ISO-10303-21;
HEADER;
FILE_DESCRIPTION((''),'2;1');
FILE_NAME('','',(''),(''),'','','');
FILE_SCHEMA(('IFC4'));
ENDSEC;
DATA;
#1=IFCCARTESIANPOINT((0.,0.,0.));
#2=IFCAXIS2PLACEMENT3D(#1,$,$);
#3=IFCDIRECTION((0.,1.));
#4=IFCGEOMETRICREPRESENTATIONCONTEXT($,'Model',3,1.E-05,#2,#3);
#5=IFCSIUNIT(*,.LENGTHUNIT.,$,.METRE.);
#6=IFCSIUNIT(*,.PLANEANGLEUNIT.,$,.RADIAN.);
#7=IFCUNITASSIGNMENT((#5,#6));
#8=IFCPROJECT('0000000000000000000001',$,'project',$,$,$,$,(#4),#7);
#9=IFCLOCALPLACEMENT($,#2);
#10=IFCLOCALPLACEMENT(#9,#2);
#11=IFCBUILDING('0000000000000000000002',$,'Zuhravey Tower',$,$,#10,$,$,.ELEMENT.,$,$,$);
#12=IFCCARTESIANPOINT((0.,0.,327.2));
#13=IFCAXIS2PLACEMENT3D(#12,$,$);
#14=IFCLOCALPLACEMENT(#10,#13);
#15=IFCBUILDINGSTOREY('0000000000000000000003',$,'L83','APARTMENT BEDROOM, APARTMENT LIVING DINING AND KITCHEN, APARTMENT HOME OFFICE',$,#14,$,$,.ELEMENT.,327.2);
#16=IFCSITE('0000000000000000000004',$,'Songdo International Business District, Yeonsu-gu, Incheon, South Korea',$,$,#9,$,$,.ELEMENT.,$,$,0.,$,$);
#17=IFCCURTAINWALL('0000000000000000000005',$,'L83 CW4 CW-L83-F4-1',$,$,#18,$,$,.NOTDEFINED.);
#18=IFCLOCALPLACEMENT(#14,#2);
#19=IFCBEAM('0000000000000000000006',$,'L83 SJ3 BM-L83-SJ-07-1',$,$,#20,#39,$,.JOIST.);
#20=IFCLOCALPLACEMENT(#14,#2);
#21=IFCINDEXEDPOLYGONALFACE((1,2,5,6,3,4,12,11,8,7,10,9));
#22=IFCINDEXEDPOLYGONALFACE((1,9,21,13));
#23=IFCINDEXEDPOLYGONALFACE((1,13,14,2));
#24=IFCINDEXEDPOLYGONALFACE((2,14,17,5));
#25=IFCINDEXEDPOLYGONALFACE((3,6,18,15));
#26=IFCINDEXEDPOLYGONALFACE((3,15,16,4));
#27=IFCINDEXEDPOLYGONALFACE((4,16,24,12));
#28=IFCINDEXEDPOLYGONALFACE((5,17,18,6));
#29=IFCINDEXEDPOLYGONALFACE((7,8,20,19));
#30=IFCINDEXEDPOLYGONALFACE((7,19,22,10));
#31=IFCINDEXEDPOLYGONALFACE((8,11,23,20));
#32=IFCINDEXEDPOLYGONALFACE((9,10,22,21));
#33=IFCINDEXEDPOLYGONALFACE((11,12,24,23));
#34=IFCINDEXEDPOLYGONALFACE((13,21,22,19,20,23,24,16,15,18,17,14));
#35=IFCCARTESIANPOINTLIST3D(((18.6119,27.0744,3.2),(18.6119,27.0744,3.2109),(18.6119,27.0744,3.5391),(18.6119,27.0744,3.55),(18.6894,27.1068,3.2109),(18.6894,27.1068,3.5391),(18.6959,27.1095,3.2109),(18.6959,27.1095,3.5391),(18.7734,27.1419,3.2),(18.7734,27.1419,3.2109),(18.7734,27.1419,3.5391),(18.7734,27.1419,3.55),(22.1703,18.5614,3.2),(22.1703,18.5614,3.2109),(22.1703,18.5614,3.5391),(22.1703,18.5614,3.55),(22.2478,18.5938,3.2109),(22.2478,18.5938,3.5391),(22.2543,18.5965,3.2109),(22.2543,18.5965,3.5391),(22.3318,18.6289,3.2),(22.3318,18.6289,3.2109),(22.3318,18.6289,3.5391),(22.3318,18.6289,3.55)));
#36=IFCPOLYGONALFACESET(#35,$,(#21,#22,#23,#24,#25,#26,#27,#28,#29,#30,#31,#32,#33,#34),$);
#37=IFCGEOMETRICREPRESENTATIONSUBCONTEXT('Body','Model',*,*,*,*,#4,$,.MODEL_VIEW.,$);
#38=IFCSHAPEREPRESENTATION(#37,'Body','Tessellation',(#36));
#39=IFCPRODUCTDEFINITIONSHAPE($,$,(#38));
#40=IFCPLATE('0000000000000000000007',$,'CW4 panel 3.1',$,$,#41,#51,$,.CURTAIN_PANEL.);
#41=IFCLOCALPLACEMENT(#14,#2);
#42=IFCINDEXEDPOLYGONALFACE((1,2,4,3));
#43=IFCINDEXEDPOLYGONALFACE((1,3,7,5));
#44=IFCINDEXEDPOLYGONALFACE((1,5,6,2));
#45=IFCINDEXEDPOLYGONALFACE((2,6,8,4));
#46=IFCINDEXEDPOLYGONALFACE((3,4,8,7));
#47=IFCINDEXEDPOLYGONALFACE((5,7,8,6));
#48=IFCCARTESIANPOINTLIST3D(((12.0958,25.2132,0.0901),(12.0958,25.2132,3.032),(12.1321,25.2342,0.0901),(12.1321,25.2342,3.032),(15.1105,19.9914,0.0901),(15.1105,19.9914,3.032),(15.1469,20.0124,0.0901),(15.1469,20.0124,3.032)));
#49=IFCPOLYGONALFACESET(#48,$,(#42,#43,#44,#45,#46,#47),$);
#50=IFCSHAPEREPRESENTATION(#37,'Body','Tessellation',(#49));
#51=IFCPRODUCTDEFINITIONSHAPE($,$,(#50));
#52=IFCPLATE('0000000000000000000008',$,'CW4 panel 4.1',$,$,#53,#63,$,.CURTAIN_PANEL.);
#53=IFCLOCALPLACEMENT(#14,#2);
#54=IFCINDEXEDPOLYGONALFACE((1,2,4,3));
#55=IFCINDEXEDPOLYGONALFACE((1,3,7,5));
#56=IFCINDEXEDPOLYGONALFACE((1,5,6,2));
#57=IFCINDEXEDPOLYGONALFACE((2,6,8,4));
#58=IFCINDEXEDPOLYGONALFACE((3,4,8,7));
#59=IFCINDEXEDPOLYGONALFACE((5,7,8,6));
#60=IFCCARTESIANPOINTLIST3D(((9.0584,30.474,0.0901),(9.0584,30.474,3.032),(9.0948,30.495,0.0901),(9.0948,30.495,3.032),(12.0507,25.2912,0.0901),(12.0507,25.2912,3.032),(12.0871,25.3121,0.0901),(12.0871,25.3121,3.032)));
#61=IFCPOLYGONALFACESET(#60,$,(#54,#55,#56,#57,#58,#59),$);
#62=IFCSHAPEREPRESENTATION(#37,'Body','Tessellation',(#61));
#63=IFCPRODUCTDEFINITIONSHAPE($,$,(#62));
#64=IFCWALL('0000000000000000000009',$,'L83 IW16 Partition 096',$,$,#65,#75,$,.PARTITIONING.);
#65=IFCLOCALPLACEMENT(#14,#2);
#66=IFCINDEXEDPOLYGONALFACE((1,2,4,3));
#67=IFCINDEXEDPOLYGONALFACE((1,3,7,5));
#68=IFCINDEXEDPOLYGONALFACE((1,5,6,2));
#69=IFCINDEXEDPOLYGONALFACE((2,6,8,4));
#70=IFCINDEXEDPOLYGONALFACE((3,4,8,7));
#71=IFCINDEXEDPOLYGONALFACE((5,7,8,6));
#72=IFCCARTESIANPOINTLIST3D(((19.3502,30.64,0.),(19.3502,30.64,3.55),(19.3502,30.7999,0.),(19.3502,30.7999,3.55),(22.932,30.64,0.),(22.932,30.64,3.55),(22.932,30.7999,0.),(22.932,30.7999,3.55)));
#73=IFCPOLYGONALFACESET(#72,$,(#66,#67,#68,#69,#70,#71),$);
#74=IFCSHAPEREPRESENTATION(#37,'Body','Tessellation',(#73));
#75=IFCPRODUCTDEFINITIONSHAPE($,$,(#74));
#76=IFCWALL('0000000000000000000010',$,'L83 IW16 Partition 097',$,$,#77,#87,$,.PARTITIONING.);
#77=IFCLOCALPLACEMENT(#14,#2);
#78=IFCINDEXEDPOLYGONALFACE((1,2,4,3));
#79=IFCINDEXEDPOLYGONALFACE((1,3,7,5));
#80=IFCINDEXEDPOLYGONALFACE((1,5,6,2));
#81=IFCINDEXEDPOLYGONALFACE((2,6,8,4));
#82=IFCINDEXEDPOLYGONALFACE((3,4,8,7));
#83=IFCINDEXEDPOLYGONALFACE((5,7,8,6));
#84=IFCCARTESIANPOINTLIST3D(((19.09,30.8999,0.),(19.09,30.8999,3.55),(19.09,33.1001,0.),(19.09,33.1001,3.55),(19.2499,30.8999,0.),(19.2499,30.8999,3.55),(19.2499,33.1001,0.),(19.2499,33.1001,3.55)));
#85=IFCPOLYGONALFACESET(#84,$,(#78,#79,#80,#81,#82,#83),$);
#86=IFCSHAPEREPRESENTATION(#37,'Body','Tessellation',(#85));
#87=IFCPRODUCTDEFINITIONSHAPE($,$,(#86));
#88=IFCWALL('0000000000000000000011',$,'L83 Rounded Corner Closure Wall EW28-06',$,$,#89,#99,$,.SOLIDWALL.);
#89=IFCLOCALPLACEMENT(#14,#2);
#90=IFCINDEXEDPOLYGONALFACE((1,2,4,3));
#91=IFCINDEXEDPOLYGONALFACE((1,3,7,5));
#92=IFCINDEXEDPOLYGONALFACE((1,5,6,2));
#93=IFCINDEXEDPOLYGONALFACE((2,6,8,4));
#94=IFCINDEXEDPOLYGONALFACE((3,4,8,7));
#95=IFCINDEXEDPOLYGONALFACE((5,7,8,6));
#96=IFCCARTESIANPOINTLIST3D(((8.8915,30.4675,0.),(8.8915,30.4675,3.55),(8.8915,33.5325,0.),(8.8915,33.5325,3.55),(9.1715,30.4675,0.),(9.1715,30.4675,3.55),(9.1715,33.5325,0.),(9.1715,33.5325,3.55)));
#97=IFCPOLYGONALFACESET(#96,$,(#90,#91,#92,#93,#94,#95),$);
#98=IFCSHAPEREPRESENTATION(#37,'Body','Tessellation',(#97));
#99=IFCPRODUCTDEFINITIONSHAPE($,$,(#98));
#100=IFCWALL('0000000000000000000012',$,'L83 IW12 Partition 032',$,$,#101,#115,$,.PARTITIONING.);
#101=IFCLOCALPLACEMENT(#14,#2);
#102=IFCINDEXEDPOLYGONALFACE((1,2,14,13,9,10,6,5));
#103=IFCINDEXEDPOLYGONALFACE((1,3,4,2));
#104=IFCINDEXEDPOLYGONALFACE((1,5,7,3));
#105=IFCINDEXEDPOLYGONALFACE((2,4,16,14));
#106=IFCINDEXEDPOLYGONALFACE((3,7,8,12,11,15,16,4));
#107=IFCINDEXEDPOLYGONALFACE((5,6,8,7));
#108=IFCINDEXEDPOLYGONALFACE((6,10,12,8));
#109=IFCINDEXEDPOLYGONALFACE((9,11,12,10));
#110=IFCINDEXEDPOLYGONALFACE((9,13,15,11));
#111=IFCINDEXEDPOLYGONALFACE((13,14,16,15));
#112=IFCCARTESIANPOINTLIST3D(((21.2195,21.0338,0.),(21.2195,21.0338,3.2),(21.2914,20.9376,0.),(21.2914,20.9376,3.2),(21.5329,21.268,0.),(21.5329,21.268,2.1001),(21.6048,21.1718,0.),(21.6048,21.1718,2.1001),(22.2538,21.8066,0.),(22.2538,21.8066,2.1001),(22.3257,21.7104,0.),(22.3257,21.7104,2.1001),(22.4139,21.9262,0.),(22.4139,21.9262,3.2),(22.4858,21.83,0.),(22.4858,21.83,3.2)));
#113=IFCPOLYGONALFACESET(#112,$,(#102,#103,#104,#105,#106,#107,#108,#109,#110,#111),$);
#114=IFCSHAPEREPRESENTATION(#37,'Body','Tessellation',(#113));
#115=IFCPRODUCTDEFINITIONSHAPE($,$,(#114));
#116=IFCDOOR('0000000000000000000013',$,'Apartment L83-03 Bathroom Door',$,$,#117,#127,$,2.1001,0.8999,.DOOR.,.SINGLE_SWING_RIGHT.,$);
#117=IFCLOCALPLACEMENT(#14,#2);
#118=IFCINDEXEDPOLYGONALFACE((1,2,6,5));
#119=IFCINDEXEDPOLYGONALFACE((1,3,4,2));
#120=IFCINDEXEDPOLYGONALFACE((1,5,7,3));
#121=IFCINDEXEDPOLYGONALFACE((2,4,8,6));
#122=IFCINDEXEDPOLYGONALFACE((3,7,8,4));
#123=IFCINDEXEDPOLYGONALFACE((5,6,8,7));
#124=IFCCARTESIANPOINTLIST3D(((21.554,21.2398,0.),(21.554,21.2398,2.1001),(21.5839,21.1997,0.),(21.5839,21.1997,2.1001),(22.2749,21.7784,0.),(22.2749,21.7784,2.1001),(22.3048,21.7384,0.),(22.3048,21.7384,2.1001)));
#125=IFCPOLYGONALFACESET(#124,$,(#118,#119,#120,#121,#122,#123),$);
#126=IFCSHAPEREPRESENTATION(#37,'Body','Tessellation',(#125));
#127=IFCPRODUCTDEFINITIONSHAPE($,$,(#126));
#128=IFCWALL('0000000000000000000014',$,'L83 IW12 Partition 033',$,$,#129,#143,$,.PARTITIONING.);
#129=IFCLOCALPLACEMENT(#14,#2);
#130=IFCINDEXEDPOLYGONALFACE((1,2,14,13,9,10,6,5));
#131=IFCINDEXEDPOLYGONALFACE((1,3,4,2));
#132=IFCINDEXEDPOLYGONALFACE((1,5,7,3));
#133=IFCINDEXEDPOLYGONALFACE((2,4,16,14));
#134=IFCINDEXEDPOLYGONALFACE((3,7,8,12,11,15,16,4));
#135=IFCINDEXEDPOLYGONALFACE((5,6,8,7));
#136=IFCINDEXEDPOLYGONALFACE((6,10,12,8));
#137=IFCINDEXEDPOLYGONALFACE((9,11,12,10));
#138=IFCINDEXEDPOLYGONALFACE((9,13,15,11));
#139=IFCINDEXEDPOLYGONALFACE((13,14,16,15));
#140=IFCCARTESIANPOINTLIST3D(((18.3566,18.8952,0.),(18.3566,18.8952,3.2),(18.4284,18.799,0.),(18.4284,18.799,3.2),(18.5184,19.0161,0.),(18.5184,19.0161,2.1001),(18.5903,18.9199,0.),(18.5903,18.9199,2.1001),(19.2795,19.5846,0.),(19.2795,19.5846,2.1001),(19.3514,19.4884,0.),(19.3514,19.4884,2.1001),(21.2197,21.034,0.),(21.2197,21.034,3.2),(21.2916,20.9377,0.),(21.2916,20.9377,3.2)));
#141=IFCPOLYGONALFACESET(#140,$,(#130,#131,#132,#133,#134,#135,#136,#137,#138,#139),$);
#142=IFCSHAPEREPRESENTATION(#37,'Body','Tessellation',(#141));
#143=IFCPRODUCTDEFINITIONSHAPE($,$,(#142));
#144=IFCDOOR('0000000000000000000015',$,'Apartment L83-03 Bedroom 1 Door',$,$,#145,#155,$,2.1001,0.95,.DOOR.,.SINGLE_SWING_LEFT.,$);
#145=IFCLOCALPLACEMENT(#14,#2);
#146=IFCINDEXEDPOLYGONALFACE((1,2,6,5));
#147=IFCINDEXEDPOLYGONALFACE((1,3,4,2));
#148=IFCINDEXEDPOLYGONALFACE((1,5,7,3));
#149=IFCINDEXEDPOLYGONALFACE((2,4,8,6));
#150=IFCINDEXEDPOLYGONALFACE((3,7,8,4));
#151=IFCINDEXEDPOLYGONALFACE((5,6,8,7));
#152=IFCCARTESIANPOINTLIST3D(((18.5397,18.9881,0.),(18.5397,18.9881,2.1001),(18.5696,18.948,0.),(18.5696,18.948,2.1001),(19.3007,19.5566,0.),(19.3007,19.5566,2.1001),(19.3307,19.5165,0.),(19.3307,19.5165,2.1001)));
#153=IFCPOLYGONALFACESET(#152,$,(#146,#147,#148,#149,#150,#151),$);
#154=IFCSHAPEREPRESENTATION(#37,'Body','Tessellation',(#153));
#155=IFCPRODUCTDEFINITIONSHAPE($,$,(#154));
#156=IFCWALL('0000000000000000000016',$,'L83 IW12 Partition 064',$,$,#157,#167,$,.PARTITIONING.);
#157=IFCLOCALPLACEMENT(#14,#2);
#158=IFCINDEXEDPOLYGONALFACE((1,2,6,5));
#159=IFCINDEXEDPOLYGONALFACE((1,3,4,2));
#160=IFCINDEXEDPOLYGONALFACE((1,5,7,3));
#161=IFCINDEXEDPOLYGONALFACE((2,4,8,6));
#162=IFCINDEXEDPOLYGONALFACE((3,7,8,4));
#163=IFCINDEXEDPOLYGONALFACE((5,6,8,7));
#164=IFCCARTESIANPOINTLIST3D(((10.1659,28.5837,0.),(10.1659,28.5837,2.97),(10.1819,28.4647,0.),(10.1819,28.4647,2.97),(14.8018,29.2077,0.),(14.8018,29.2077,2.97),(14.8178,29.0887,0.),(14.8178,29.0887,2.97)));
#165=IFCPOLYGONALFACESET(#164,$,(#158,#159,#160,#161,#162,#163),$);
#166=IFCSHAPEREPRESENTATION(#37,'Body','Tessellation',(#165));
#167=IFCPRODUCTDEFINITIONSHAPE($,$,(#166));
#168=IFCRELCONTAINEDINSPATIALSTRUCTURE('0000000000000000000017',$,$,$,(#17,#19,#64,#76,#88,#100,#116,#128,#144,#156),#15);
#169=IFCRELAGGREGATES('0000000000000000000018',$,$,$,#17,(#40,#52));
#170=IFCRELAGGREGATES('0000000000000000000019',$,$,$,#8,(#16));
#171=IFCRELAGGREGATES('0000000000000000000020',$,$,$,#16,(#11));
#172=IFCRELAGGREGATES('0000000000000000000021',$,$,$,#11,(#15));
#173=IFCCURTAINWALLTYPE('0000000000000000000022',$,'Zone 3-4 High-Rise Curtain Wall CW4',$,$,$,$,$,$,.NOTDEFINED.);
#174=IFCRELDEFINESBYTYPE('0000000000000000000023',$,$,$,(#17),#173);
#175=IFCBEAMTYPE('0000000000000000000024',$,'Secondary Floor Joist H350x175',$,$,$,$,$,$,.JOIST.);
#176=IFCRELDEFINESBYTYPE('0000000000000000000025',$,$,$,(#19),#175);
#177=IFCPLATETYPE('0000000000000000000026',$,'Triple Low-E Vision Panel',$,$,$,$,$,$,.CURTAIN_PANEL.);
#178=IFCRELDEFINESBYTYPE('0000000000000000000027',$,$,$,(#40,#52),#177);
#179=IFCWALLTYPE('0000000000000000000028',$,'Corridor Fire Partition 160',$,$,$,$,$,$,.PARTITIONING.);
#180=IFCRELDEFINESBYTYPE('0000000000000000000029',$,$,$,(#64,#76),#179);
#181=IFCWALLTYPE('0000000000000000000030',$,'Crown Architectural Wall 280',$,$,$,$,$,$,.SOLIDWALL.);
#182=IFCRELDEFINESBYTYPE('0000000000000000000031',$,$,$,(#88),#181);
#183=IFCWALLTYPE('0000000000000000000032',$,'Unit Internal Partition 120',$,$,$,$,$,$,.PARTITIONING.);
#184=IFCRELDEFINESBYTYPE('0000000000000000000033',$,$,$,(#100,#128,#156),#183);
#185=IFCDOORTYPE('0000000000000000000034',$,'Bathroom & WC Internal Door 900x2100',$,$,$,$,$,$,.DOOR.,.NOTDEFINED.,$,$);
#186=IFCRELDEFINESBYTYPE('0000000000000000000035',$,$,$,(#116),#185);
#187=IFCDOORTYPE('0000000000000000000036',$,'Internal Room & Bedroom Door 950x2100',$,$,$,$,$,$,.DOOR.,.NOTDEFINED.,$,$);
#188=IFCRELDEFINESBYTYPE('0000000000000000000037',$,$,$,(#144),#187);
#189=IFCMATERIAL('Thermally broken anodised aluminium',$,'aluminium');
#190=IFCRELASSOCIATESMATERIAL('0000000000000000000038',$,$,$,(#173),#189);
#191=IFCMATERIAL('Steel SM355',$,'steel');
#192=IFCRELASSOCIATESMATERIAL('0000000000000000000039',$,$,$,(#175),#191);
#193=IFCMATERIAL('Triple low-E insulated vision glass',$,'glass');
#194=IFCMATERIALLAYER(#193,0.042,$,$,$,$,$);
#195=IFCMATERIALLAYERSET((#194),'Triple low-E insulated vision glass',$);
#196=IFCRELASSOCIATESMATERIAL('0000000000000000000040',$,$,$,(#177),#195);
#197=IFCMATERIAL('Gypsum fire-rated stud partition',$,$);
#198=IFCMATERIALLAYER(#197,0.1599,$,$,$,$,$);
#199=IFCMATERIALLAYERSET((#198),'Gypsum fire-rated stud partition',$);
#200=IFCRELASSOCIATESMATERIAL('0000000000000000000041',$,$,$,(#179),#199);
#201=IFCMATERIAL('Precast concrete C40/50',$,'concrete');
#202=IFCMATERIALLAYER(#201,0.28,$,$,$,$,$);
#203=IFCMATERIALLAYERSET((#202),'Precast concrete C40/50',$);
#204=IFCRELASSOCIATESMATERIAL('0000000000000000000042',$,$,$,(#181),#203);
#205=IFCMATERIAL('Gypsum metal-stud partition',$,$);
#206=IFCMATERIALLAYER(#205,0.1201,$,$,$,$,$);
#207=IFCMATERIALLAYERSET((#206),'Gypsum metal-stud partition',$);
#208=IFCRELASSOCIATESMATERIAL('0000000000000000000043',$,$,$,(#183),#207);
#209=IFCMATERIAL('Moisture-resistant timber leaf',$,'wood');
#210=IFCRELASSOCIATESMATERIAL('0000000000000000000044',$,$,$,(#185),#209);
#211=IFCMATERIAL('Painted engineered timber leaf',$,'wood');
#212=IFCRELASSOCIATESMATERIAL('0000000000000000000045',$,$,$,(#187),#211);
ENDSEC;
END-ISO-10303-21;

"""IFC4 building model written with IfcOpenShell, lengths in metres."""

from ifc_helpers import new_model, si_unit, direction, frame, frame_2d, origin, origin_2d, place, context, subcontext, project, spatial, rectangle, i_section, extrude, material, layer, layer_set, material_profile, profile_set, type_object, element, fill, aggregate, save


model = new_model("IFC4")

# Units and contexts
model_context = context("Model", 3, precision=1e-05, world=origin(), true_north=direction((0.0, 1.0)))
body_context = subcontext(model_context, "Body", "Model", "MODEL_VIEW")
ifc_project = project(units=[si_unit("LENGTHUNIT", "METRE"), si_unit("PLANEANGLEUNIT", "RADIAN")], contexts=[model_context])

# Site, building, storey
site_placement = place(None, origin())
site = spatial("IfcSite", under=ifc_project, at=site_placement, Name="Songdo International Business District, Yeonsu-gu, Incheon, South Korea", CompositionType="ELEMENT", RefElevation=0.0)
building_placement = place(site_placement, origin())
building = spatial("IfcBuilding", under=site, at=building_placement, Name="Zuhravey Tower", CompositionType="ELEMENT")
storey_placement = place(building_placement, frame((0.0, 0.0, 327.2)))
storey = spatial("IfcBuildingStorey", under=building, at=storey_placement, Name="L83", Description="APARTMENT BEDROOM, APARTMENT LIVING DINING AND KITCHEN, APARTMENT HOME OFFICE", CompositionType="ELEMENT", Elevation=327.2)

# Curtain wall
ifc_material_1 = material(Name="Thermally broken anodised aluminium", Category="aluminium")
curtain_wall_type = type_object("IfcCurtainWallType", Name="Zone 3-4 High-Rise Curtain Wall CW4", PredefinedType="NOTDEFINED", material=ifc_material_1)
curtain_wall_placement = place(storey_placement, origin())
curtain_wall = element("IfcCurtainWall", 1, at=curtain_wall_placement, inside=storey, type_object=curtain_wall_type, Name="L83 CW4 CW-L83-F4-1", PredefinedType="NOTDEFINED")

# Beam
ifc_material_2 = material(Name="Steel SM355", Category="steel")
ifc_material_profile_1 = material_profile(ifc_material_2, i_section(OverallWidth=0.175, OverallDepth=0.3501, WebThickness=0.0071, FlangeThickness=0.011, at=origin_2d()), Name="H-350x175x7x11")
ifc_profile_set_1 = profile_set([ifc_material_profile_1], Name="Steel SM355")
beam_type_1 = type_object("IfcBeamType", Name="Secondary Floor Joist H350x175", PredefinedType="JOIST", material=ifc_profile_set_1)
beam_1_placement = place(storey_placement, frame((18.6926, 27.1082, 3.375), z_axis=(0.385658, -0.922642, 0.0), x_axis=(0.922642, 0.385658, 0.0)))
element("IfcBeam", 2, at=beam_1_placement, inside=storey, type_object=beam_type_1, Name="L83 SJ3 BM-L83-SJ-07-1", PredefinedType="JOIST", context=body_context, shape_type="SweptSolid", body=[
    extrude(i_section(OverallWidth=0.175, OverallDepth=0.3501, WebThickness=0.0071, FlangeThickness=0.011, at=origin_2d()), origin(), (0.0, 0.0, 1.0), 9.2268),
])

# Plates
ifc_material_3 = material(Name="Triple low-E insulated vision glass", Category="glass")
ifc_layer_1 = layer(ifc_material_3, 0.042)
ifc_layer_set_1 = layer_set([ifc_layer_1], Name="Triple low-E insulated vision glass")
plate_type = type_object("IfcPlateType", Name="Triple Low-E Vision Panel", PredefinedType="CURTAIN_PANEL", material=ifc_layer_set_1)
plate_1_placement = place(storey_placement, frame((13.6213, 22.6128, 0.0901), z_axis=(0.0, 0.0, 1.0), x_axis=(-0.5, 0.866026, 0.0)))
plate_1 = element("IfcPlate", 3, at=plate_1_placement, type_object=plate_type, Name="CW4 panel 3.1", PredefinedType="CURTAIN_PANEL", context=body_context, shape_type="SweptSolid", body=[
    extrude(rectangle(XDim=6.0295, YDim=0.042, at=origin_2d()), origin(), (0.0, 0.0, 1.0), 2.9419),
])
plate_2_placement = place(storey_placement, frame((10.5728, 27.8931, 0.0901), z_axis=(0.0, 0.0, 1.0), x_axis=(-0.5, 0.866026, 0.0)))
plate_2 = element("IfcPlate", 4, at=plate_2_placement, type_object=plate_type, Name="CW4 panel 4.1", PredefinedType="CURTAIN_PANEL", context=body_context, shape_type="SweptSolid", body=[
    extrude(rectangle(XDim=5.9846, YDim=0.042, at=origin_2d()), origin(), (0.0, 0.0, 1.0), 2.9419),
])
aggregate(curtain_wall, [plate_1, plate_2])

# Walls
ifc_material_4 = material(Name="Gypsum fire-rated stud partition")
ifc_layer_2 = layer(ifc_material_4, 0.1599)
ifc_layer_set_2 = layer_set([ifc_layer_2], Name="Gypsum fire-rated stud partition")
wall_type_1 = type_object("IfcWallType", Name="Corridor Fire Partition 160", PredefinedType="PARTITIONING", material=ifc_layer_set_2)
wall_1_placement = place(storey_placement, frame((19.3501, 30.72, 0.0), z_axis=(0.0, 0.0, 1.0), x_axis=(1.0, 0.0, 0.0)))
element("IfcWall", 5, at=wall_1_placement, inside=storey, type_object=wall_type_1, Name="L83 IW16 Partition 096", PredefinedType="PARTITIONING", context=body_context, shape_type="SweptSolid", body=[
    extrude(rectangle(XDim=3.5818, YDim=0.1599, at=frame_2d((1.791, 0.0))), origin(), (0.0, 0.0, 1.0), 3.55),
])
wall_2_placement = place(storey_placement, frame((19.1699, 33.1001, 0.0), z_axis=(0.0, 0.0, 1.0), x_axis=(0.0, -1.0, 0.0)))
element("IfcWall", 6, at=wall_2_placement, inside=storey, type_object=wall_type_1, Name="L83 IW16 Partition 097", PredefinedType="PARTITIONING", context=body_context, shape_type="SweptSolid", body=[
    extrude(rectangle(XDim=2.2002, YDim=0.1599, at=frame_2d((1.1001, 0.0))), origin(), (0.0, 0.0, 1.0), 3.55),
])
ifc_material_5 = material(Name="Precast concrete C40/50", Category="concrete")
ifc_layer_3 = layer(ifc_material_5, 0.28)
ifc_layer_set_3 = layer_set([ifc_layer_3], Name="Precast concrete C40/50")
wall_type_2 = type_object("IfcWallType", Name="Crown Architectural Wall 280", PredefinedType="SOLIDWALL", material=ifc_layer_set_3)
wall_3_placement = place(storey_placement, frame((9.0315, 30.4675, 0.0), z_axis=(0.0, 0.0, 1.0), x_axis=(0.0, 1.0, 0.0)))
element("IfcWall", 7, at=wall_3_placement, inside=storey, type_object=wall_type_2, Name="L83 Rounded Corner Closure Wall EW28-06", PredefinedType="SOLIDWALL", context=body_context, shape_type="SweptSolid", body=[
    extrude(rectangle(XDim=3.0649, YDim=0.28, at=frame_2d((1.5325, 0.0))), origin(), (0.0, 0.0, 1.0), 3.55),
])

# Walls, openings, doors
ifc_material_6 = material(Name="Gypsum metal-stud partition")
ifc_layer_4 = layer(ifc_material_6, 0.1201)
ifc_layer_set_4 = layer_set([ifc_layer_4], Name="Gypsum metal-stud partition")
wall_type_3 = type_object("IfcWallType", Name="Unit Internal Partition 120", PredefinedType="PARTITIONING", material=ifc_layer_set_4)
wall_4_placement = place(storey_placement, frame((22.45, 21.8782, 0.0), z_axis=(0.0, 0.0, 1.0), x_axis=(-0.801099, -0.598532, 0.0)))
wall_4 = element("IfcWall", 8, at=wall_4_placement, inside=storey, type_object=wall_type_3, Name="L83 IW12 Partition 032", PredefinedType="PARTITIONING", context=body_context, shape_type="SweptSolid", body=[
    extrude(rectangle(XDim=1.491, YDim=0.1201, at=frame_2d((0.7456, 0.0))), origin(), (0.0, 0.0, 1.0), 3.2),
])
opening_1_placement = place(wall_4_placement, frame((0.2, 0.0, 0.0)))
opening_1 = element("IfcOpeningElement", 9, at=opening_1_placement, cuts=wall_4, PredefinedType="OPENING", context=body_context, shape_type="SweptSolid", body=[
    extrude(rectangle(XDim=0.8999, YDim=2.1001, at=frame_2d((0.45, 1.05))), frame((0.0, 0.072, 0.0), z_axis=(0.0, -1.0, 0.0), x_axis=(1.0, 0.0, 0.0)), (0.0, 0.0, 1.0), 0.144),
])
ifc_material_7 = material(Name="Moisture-resistant timber leaf", Category="wood")
door_type_1 = type_object("IfcDoorType", Name="Bathroom & WC Internal Door 900x2100", OperationType="NOTDEFINED", PredefinedType="DOOR", material=ifc_material_7)
door_1_placement = place(opening_1_placement, frame((0.8999, 0.0, 0.0), z_axis=(0.0, 0.0, 1.0), x_axis=(-1.0, 0.0, 0.0)))
door_1 = element("IfcDoor", 10, at=door_1_placement, inside=storey, type_object=door_type_1, Name="Apartment L83-03 Bathroom Door", OperationType="SINGLE_SWING_RIGHT", OverallHeight=2.1001, OverallWidth=0.8999, PredefinedType="DOOR", context=body_context, shape_type="SweptSolid", body=[
    extrude(rectangle(XDim=0.8999, YDim=2.1001, at=frame_2d((0.45, 1.05))), frame((0.0, 0.0249, 0.0), z_axis=(0.0, -1.0, 0.0), x_axis=(1.0, 0.0, 0.0)), (0.0, 0.0, 1.0), 0.05),
])
fill(opening_1, door_1)
wall_5_placement = place(storey_placement, frame((21.2556, 20.9858, 0.0), z_axis=(0.0, 0.0, 1.0), x_axis=(-0.801154, -0.598458, 0.0)))
wall_5 = element("IfcWall", 11, at=wall_5_placement, inside=storey, type_object=wall_type_3, Name="L83 IW12 Partition 033", PredefinedType="PARTITIONING", context=body_context, shape_type="SweptSolid", body=[
    extrude(rectangle(XDim=3.5737, YDim=0.1201, at=frame_2d((1.7869, 0.0))), origin(), (0.0, 0.0, 1.0), 3.2),
])
opening_2_placement = place(wall_5_placement, frame((2.4216, 0.0, 0.0)))
opening_2 = element("IfcOpeningElement", 12, at=opening_2_placement, cuts=wall_5, PredefinedType="OPENING", context=body_context, shape_type="SweptSolid", body=[
    extrude(rectangle(XDim=0.95, YDim=2.1001, at=frame_2d((0.4751, 1.05))), frame((0.0, 0.072, 0.0), z_axis=(0.0, -1.0, 0.0), x_axis=(1.0, 0.0, 0.0)), (0.0, 0.0, 1.0), 0.144),
])
ifc_material_8 = material(Name="Painted engineered timber leaf", Category="wood")
door_type_2 = type_object("IfcDoorType", Name="Internal Room & Bedroom Door 950x2100", OperationType="NOTDEFINED", PredefinedType="DOOR", material=ifc_material_8)
door_2_placement = place(opening_2_placement, frame((0.95, 0.0, 0.0), z_axis=(0.0, 0.0, 1.0), x_axis=(-1.0, 0.0, 0.0)))
door_2 = element("IfcDoor", 13, at=door_2_placement, inside=storey, type_object=door_type_2, Name="Apartment L83-03 Bedroom 1 Door", OperationType="SINGLE_SWING_LEFT", OverallHeight=2.1001, OverallWidth=0.95, PredefinedType="DOOR", context=body_context, shape_type="SweptSolid", body=[
    extrude(rectangle(XDim=0.95, YDim=2.1001, at=frame_2d((0.4751, 1.05))), frame((0.0, 0.0249, 0.0), z_axis=(0.0, -1.0, 0.0), x_axis=(1.0, 0.0, 0.0)), (0.0, 0.0, 1.0), 0.05),
])
fill(opening_2, door_2)

# Wall
wall_6_placement = place(storey_placement, frame((14.8098, 29.1482, 0.0), z_axis=(0.0, 0.0, 1.0), x_axis=(-0.991062, -0.133401, 0.0)))
element("IfcWall", 14, at=wall_6_placement, inside=storey, type_object=wall_type_3, Name="L83 IW12 Partition 064", PredefinedType="PARTITIONING", context=body_context, shape_type="SweptSolid", body=[
    extrude(rectangle(XDim=4.6777, YDim=0.1201, at=frame_2d((2.3389, 0.0))), origin(), (0.0, 0.0, 1.0), 2.97),
])

save(model, "model.ifc")
